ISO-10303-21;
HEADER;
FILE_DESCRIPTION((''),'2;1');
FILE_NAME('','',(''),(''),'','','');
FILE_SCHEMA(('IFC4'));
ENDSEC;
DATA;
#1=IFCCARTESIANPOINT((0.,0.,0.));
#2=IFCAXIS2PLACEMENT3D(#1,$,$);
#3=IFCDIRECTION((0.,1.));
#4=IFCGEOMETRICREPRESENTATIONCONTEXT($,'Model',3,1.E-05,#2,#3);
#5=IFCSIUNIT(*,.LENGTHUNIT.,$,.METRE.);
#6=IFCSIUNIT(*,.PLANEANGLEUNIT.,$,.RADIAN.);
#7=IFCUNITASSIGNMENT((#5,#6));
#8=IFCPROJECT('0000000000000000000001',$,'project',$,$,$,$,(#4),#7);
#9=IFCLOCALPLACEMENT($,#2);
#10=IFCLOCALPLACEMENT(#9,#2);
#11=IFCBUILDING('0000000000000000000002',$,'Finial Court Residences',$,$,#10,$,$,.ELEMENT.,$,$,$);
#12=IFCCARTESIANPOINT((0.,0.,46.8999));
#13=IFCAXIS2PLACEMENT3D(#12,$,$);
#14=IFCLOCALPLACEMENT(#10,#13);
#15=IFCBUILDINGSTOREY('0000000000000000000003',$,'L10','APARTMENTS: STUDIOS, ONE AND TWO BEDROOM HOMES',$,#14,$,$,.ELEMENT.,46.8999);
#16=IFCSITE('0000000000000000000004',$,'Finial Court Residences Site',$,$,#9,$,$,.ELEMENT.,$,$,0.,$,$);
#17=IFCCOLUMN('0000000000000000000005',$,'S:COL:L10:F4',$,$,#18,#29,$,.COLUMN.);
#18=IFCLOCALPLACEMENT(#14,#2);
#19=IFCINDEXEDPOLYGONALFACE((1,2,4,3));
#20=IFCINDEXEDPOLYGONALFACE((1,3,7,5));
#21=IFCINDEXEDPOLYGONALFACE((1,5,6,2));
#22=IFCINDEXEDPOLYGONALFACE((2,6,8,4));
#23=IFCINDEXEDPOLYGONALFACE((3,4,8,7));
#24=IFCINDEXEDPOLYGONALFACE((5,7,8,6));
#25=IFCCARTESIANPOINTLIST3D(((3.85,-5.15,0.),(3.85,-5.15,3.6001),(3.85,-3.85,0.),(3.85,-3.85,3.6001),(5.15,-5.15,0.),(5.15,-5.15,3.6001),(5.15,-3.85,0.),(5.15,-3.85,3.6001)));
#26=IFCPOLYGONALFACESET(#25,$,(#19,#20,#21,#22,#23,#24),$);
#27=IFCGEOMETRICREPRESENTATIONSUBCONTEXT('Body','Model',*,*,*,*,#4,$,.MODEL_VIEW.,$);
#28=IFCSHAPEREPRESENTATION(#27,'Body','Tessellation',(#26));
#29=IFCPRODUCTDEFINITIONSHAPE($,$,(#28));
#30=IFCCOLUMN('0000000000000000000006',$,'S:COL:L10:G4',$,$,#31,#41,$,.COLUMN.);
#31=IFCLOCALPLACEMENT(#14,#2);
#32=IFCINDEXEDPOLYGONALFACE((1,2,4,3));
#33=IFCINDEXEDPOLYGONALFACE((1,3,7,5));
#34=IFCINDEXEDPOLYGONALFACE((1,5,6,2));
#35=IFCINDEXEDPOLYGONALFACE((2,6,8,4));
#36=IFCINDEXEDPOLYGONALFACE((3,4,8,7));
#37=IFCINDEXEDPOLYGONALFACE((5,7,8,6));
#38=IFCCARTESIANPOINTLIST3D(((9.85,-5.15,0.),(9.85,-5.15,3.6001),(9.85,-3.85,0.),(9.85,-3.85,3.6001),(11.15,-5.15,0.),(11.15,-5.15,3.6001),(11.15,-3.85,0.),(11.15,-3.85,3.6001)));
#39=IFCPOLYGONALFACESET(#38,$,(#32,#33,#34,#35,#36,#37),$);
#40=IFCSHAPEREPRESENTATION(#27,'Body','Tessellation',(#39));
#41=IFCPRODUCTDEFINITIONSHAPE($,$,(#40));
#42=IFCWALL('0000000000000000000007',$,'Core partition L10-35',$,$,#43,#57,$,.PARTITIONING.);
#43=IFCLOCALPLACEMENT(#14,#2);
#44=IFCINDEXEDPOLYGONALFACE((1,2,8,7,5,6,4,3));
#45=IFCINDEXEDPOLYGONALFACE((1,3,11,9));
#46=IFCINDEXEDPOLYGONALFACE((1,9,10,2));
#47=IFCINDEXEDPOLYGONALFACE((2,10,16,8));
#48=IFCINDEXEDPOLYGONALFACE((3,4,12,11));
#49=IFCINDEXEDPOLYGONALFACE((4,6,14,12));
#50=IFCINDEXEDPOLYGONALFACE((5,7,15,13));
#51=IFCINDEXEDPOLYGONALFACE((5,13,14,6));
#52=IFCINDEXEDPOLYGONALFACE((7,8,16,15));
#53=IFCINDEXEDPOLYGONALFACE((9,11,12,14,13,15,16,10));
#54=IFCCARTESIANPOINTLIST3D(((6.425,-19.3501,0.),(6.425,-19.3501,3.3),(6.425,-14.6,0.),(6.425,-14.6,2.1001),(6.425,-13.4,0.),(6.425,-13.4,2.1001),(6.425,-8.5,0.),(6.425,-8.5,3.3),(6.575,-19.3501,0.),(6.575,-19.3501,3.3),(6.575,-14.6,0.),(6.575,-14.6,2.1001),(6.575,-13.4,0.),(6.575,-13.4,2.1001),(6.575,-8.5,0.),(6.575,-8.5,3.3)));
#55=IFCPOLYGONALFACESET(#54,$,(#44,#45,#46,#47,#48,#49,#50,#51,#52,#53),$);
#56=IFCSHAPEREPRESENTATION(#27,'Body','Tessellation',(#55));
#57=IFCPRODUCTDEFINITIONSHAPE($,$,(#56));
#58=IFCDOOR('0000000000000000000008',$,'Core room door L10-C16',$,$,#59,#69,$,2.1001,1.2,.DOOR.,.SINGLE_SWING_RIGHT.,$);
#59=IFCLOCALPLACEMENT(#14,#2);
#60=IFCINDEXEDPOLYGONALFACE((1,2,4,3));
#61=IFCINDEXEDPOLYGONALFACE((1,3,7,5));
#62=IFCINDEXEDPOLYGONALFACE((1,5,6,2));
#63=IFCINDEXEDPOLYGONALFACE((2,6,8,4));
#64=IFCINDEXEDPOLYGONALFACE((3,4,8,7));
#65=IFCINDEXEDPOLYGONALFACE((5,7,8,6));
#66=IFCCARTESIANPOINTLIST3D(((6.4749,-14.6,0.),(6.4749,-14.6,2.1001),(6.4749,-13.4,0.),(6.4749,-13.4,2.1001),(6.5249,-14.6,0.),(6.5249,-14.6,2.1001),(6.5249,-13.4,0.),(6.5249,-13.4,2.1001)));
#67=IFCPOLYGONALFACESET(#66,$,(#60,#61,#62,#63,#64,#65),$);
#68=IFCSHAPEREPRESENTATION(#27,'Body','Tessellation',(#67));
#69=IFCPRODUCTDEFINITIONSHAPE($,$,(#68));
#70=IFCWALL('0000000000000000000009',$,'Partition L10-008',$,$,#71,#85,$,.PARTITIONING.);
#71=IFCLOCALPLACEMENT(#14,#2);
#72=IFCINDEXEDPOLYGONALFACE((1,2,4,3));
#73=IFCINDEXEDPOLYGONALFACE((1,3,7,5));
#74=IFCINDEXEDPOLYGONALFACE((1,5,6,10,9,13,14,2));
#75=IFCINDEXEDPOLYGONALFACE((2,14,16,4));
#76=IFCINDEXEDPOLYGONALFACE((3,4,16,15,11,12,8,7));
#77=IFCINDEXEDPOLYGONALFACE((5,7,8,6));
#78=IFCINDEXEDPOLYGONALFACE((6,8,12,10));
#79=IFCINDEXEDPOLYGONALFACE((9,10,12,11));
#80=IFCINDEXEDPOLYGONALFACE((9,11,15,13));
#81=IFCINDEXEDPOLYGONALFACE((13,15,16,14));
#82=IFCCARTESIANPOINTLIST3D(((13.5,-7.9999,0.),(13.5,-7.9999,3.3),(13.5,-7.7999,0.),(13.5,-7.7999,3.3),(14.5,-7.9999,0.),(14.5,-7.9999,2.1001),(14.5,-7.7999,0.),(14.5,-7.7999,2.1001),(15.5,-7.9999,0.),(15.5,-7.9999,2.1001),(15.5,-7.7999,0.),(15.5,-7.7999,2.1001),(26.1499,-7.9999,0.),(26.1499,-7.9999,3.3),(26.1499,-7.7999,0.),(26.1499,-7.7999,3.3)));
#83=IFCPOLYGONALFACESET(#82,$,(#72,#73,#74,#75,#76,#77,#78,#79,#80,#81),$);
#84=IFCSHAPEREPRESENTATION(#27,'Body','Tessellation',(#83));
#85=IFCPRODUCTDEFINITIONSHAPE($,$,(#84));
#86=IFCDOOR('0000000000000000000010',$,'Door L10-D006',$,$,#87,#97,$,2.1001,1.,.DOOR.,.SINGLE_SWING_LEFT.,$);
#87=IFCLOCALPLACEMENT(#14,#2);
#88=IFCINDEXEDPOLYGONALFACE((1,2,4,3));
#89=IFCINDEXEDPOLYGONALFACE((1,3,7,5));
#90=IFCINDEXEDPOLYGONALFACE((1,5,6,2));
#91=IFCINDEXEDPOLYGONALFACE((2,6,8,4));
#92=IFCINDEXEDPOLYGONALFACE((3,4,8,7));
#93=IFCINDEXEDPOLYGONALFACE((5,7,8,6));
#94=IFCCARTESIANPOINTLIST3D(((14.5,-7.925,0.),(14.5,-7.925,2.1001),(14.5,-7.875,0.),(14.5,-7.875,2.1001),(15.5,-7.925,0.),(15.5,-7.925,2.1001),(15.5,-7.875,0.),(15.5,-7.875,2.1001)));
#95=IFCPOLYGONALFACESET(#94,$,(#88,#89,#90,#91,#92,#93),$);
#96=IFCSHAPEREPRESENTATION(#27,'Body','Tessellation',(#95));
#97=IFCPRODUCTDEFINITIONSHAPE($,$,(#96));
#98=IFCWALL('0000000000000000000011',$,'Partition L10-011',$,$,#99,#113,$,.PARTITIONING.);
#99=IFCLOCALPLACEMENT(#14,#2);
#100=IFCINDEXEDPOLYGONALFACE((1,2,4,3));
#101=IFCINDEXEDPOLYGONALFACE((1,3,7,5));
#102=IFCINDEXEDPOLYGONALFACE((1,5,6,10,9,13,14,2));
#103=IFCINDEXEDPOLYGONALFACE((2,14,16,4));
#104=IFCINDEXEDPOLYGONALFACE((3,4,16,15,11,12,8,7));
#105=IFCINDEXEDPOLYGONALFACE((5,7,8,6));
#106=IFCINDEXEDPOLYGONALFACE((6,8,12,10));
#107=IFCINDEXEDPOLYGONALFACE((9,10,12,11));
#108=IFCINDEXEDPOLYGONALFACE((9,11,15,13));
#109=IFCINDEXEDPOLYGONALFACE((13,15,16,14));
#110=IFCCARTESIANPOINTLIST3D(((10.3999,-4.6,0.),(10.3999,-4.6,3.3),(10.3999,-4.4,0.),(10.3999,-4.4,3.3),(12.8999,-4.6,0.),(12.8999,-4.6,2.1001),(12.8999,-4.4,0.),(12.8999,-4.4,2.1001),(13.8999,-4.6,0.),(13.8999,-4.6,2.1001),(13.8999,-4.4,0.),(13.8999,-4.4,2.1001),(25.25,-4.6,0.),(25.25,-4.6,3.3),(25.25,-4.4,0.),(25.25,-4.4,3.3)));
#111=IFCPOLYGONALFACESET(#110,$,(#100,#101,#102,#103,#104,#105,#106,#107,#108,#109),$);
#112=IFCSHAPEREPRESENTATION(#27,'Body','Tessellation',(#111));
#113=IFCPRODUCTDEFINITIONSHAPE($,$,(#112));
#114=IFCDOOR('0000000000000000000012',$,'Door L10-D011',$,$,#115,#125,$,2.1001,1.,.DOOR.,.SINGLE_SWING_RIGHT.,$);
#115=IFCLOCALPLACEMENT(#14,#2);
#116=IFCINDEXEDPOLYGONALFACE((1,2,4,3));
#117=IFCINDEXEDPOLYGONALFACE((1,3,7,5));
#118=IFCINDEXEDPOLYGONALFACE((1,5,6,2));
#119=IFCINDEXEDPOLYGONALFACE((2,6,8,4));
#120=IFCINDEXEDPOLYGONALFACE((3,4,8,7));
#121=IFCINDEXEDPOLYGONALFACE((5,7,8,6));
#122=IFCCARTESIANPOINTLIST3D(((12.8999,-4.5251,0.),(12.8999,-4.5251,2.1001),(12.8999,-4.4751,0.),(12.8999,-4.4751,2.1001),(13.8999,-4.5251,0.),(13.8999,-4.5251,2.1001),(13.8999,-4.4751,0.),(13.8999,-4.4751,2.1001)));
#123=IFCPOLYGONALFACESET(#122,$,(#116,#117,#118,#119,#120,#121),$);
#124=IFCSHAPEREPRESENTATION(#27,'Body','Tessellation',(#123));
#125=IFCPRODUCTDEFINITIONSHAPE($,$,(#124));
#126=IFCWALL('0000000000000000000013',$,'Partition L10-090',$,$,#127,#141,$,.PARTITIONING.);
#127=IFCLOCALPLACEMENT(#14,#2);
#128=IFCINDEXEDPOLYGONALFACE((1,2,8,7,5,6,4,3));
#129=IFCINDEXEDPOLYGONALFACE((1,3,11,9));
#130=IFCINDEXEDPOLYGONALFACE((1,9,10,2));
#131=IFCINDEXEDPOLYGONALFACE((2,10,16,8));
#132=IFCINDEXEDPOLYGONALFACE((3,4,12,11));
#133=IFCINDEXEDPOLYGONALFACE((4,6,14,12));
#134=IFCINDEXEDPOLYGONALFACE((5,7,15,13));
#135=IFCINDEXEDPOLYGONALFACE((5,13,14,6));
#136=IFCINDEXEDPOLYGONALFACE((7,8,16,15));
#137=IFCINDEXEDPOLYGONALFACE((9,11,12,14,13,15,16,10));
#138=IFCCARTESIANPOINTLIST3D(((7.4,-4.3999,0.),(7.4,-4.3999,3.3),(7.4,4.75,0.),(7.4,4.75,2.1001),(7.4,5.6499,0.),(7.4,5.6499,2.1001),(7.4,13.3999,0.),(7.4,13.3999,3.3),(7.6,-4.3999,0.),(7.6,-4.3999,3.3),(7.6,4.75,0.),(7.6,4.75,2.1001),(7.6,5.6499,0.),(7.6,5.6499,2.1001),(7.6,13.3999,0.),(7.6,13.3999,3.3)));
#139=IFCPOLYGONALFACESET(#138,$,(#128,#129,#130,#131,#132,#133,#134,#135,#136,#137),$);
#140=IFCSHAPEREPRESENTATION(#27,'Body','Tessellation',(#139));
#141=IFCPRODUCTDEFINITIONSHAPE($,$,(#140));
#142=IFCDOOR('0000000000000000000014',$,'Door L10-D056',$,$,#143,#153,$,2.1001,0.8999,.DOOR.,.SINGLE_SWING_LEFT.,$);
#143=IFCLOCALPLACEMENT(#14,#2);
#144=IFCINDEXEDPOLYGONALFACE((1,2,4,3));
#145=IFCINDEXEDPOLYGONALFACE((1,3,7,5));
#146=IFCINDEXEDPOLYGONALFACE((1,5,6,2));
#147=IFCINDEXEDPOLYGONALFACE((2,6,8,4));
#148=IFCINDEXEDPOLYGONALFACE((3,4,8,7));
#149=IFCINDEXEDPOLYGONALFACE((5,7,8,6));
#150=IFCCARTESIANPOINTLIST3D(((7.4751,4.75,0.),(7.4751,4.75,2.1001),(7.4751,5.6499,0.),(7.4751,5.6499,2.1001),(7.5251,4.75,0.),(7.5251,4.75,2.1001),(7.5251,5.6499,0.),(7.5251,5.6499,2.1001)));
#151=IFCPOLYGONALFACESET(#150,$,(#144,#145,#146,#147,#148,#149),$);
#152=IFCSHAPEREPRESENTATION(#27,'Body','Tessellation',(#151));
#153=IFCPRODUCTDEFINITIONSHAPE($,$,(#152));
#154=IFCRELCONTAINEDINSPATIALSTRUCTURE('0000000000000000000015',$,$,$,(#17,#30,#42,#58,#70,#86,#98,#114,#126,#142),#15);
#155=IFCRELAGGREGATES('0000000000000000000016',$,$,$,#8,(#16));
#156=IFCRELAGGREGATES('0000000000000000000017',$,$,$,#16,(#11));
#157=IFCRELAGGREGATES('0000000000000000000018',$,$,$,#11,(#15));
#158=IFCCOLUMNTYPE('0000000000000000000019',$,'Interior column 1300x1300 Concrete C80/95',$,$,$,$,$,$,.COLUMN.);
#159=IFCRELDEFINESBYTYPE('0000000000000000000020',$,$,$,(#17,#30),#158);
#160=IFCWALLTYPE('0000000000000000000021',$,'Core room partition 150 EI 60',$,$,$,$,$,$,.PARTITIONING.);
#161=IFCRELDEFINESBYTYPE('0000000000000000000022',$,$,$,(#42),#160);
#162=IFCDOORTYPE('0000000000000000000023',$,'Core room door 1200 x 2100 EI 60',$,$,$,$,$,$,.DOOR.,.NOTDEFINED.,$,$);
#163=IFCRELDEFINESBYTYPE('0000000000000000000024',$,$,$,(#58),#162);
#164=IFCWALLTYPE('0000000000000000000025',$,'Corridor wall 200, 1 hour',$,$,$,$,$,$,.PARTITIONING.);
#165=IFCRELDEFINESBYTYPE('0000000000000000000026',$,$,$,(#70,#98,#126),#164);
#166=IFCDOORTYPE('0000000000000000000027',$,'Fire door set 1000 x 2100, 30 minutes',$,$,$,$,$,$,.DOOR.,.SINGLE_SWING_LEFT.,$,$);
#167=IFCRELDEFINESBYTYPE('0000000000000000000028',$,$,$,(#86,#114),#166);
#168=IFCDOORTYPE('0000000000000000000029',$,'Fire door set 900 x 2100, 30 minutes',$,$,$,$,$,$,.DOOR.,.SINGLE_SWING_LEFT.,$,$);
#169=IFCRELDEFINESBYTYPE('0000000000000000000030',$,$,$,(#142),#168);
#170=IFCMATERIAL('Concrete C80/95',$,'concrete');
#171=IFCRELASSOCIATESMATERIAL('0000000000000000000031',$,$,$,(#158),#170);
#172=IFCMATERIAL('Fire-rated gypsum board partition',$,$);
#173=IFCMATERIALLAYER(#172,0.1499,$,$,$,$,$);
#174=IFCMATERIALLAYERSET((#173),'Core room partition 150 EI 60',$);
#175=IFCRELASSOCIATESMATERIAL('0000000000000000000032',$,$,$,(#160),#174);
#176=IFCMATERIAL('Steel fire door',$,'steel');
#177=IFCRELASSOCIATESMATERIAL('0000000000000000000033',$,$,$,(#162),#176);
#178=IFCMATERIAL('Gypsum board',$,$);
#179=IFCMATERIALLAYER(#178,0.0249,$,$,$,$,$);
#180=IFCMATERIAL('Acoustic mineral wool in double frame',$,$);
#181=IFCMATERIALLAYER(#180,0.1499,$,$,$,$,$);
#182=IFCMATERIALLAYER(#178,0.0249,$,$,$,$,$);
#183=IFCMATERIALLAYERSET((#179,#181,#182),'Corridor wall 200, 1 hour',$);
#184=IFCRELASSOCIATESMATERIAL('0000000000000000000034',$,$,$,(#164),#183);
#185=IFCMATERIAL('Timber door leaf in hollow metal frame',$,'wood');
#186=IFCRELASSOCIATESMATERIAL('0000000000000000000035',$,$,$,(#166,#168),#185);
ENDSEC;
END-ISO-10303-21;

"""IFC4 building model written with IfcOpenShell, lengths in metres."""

from ifc_helpers import new_model, si_unit, direction, frame, frame_2d, origin, origin_2d, place, context, subcontext, project, spatial, rectangle, extrude, material, layer, layer_set, material_profile, profile_set, type_object, element, fill, save


model = new_model("IFC4")

# Units and contexts
model_context = context("Model", 3, precision=1e-05, world=origin(), true_north=direction((0.0, 1.0)))
body_context = subcontext(model_context, "Body", "Model", "MODEL_VIEW")
ifc_project = project(units=[si_unit("LENGTHUNIT", "METRE"), si_unit("PLANEANGLEUNIT", "RADIAN")], contexts=[model_context])

# Site, building, storey
site_placement = place(None, origin())
site = spatial("IfcSite", under=ifc_project, at=site_placement, Name="Finial Court Residences Site", CompositionType="ELEMENT", RefElevation=0.0)
building_placement = place(site_placement, origin())
building = spatial("IfcBuilding", under=site, at=building_placement, Name="Finial Court Residences", CompositionType="ELEMENT")
storey_placement = place(building_placement, frame((0.0, 0.0, 46.8999)))
storey = spatial("IfcBuildingStorey", under=building, at=storey_placement, Name="L10", Description="APARTMENTS: STUDIOS, ONE AND TWO BEDROOM HOMES", CompositionType="ELEMENT", Elevation=46.8999)

# Columns
ifc_material_1 = material(Name="Concrete C80/95", Category="concrete")
ifc_material_profile = material_profile(ifc_material_1, rectangle(XDim=1.3, YDim=1.3, at=origin_2d()), Name="1300x1300")
ifc_profile_set = profile_set([ifc_material_profile], Name="Concrete C80/95")
column_type = type_object("IfcColumnType", Name="Interior column 1300x1300 Concrete C80/95", PredefinedType="COLUMN", material=ifc_profile_set)
for number, where, z_axis, x_axis, name in (
    (1, (4.5, -4.5, 0.0), (0.0, 0.0, 1.0), (1.0, 0.0, 0.0), "S:COL:L10:F4"),
    (2, (10.5, -4.5, 0.0), (0.0, 0.0, 1.0), (1.0, 0.0, 0.0), "S:COL:L10:G4"),
):
    element("IfcColumn", number, at=place(storey_placement, frame(where, z_axis=z_axis, x_axis=x_axis)), inside=storey, type_object=column_type, Name=name, PredefinedType="COLUMN", context=body_context, shape_type="SweptSolid", body=[
        extrude(rectangle(XDim=1.3, YDim=1.3, at=origin_2d()), origin(), (0.0, 0.0, 1.0), 3.6001),
    ])

# Walls, openings, doors
ifc_material_2 = material(Name="Fire-rated gypsum board partition")
ifc_layer_1 = layer(ifc_material_2, 0.1499)
ifc_layer_set_1 = layer_set([ifc_layer_1], Name="Core room partition 150 EI 60")
wall_type_1 = type_object("IfcWallType", Name="Core room partition 150 EI 60", PredefinedType="PARTITIONING", material=ifc_layer_set_1)
wall_1_placement = place(storey_placement, frame((6.5, -8.5, 0.0), z_axis=(0.0, 0.0, 1.0), x_axis=(0.0, -1.0, 0.0)))
wall_1 = element("IfcWall", 3, at=wall_1_placement, inside=storey, type_object=wall_type_1, Name="Core partition L10-35", PredefinedType="PARTITIONING", context=body_context, shape_type="SweptSolid", body=[
    extrude(rectangle(XDim=10.8501, YDim=0.1499, at=frame_2d((5.425, 0.0))), origin(), (0.0, 0.0, 1.0), 3.3),
])
opening_1_placement = place(wall_1_placement, frame((4.8999, 0.0, 0.0)))
opening_1 = element("IfcOpeningElement", 4, at=opening_1_placement, cuts=wall_1, PredefinedType="OPENING", context=body_context, shape_type="SweptSolid", body=[
    extrude(rectangle(XDim=1.2, YDim=2.1001, at=frame_2d((0.6001, 1.05))), frame((0.0, 0.085, 0.0), z_axis=(0.0, -1.0, 0.0), x_axis=(1.0, 0.0, 0.0)), (0.0, 0.0, 1.0), 0.1699),
])
ifc_material_3 = material(Name="Steel fire door", Category="steel")
door_type_1 = type_object("IfcDoorType", Name="Core room door 1200 x 2100 EI 60", OperationType="NOTDEFINED", PredefinedType="DOOR", material=ifc_material_3)
door_1_placement = place(opening_1_placement, origin())
door_1 = element("IfcDoor", 5, at=door_1_placement, inside=storey, type_object=door_type_1, Name="Core room door L10-C16", OperationType="SINGLE_SWING_RIGHT", OverallHeight=2.1001, OverallWidth=1.2, PredefinedType="DOOR", context=body_context, shape_type="SweptSolid", body=[
    extrude(rectangle(XDim=1.2, YDim=2.1001, at=frame_2d((0.6001, 1.05))), frame((0.0, 0.0249, 0.0), z_axis=(0.0, -1.0, 0.0), x_axis=(1.0, 0.0, 0.0)), (0.0, 0.0, 1.0), 0.05),
])
fill(opening_1, door_1)
ifc_material_4 = material(Name="Gypsum board")
ifc_layer_2 = layer(ifc_material_4, 0.0249)
ifc_material_5 = material(Name="Acoustic mineral wool in double frame")
ifc_layer_3 = layer(ifc_material_5, 0.1499)
ifc_layer_4 = layer(ifc_material_4, 0.0249)
ifc_layer_set_2 = layer_set([ifc_layer_2, ifc_layer_3, ifc_layer_4], Name="Corridor wall 200, 1 hour")
wall_type_2 = type_object("IfcWallType", Name="Corridor wall 200, 1 hour", PredefinedType="PARTITIONING", material=ifc_layer_set_2)
wall_2_placement = place(storey_placement, frame((13.5, -7.8999, 0.0), z_axis=(0.0, 0.0, 1.0), x_axis=(1.0, 0.0, 0.0)))
wall_2 = element("IfcWall", 6, at=wall_2_placement, inside=storey, type_object=wall_type_2, Name="Partition L10-008", PredefinedType="PARTITIONING", context=body_context, shape_type="SweptSolid", body=[
    extrude(rectangle(XDim=12.6499, YDim=0.2, at=frame_2d((6.325, 0.0))), origin(), (0.0, 0.0, 1.0), 3.3),
])
opening_2_placement = place(wall_2_placement, frame((1.0, 0.0, 0.0)))
opening_2 = element("IfcOpeningElement", 7, at=opening_2_placement, cuts=wall_2, PredefinedType="OPENING", context=body_context, shape_type="SweptSolid", body=[
    extrude(rectangle(XDim=1.0, YDim=2.1001, at=frame_2d((0.5, 1.05))), frame((0.0, 0.1099, 0.0), z_axis=(0.0, -1.0, 0.0), x_axis=(1.0, 0.0, 0.0)), (0.0, 0.0, 1.0), 0.22),
])
ifc_material_6 = material(Name="Timber door leaf in hollow metal frame", Category="wood")
door_type_2 = type_object("IfcDoorType", Name="Fire door set 1000 x 2100, 30 minutes", OperationType="SINGLE_SWING_LEFT", PredefinedType="DOOR", material=ifc_material_6)
door_2_placement = place(opening_2_placement, origin())
door_2 = element("IfcDoor", 8, at=door_2_placement, inside=storey, type_object=door_type_2, Name="Door L10-D006", OperationType="SINGLE_SWING_LEFT", OverallHeight=2.1001, OverallWidth=1.0, PredefinedType="DOOR", context=body_context, shape_type="SweptSolid", body=[
    extrude(rectangle(XDim=1.0, YDim=2.1001, at=frame_2d((0.5, 1.05))), frame((0.0, 0.0249, 0.0), z_axis=(0.0, -1.0, 0.0), x_axis=(1.0, 0.0, 0.0)), (0.0, 0.0, 1.0), 0.05),
])
fill(opening_2, door_2)
wall_3_placement = place(storey_placement, frame((10.3999, -4.5, 0.0), z_axis=(0.0, 0.0, 1.0), x_axis=(1.0, 0.0, 0.0)))
wall_3 = element("IfcWall", 9, at=wall_3_placement, inside=storey, type_object=wall_type_2, Name="Partition L10-011", PredefinedType="PARTITIONING", context=body_context, shape_type="SweptSolid", body=[
    extrude(rectangle(XDim=14.8501, YDim=0.2, at=frame_2d((7.425, 0.0))), origin(), (0.0, 0.0, 1.0), 3.3),
])
opening_3_placement = place(wall_3_placement, frame((2.5, 0.0, 0.0)))
opening_3 = element("IfcOpeningElement", 10, at=opening_3_placement, cuts=wall_3, PredefinedType="OPENING", context=body_context, shape_type="SweptSolid", body=[
    extrude(rectangle(XDim=1.0, YDim=2.1001, at=frame_2d((0.5, 1.05))), frame((0.0, 0.1099, 0.0), z_axis=(0.0, -1.0, 0.0), x_axis=(1.0, 0.0, 0.0)), (0.0, 0.0, 1.0), 0.22),
])
door_3_placement = place(opening_3_placement, origin())
door_3 = element("IfcDoor", 11, at=door_3_placement, inside=storey, type_object=door_type_2, Name="Door L10-D011", OperationType="SINGLE_SWING_RIGHT", OverallHeight=2.1001, OverallWidth=1.0, PredefinedType="DOOR", context=body_context, shape_type="SweptSolid", body=[
    extrude(rectangle(XDim=1.0, YDim=2.1001, at=frame_2d((0.5, 1.05))), frame((0.0, 0.0249, 0.0), z_axis=(0.0, -1.0, 0.0), x_axis=(1.0, 0.0, 0.0)), (0.0, 0.0, 1.0), 0.05),
])
fill(opening_3, door_3)
wall_4_placement = place(storey_placement, frame((7.5, -4.3999, 0.0), z_axis=(0.0, 0.0, 1.0), x_axis=(0.0, 1.0, 0.0)))
wall_4 = element("IfcWall", 12, at=wall_4_placement, inside=storey, type_object=wall_type_2, Name="Partition L10-090", PredefinedType="PARTITIONING", context=body_context, shape_type="SweptSolid", body=[
    extrude(rectangle(XDim=17.7998, YDim=0.2, at=frame_2d((8.8999, 0.0))), origin(), (0.0, 0.0, 1.0), 3.3),
])
opening_4_placement = place(wall_4_placement, frame((9.1499, 0.0, 0.0)))
opening_4 = element("IfcOpeningElement", 13, at=opening_4_placement, cuts=wall_4, PredefinedType="OPENING", context=body_context, shape_type="SweptSolid", body=[
    extrude(rectangle(XDim=0.8999, YDim=2.1001, at=frame_2d((0.45, 1.05))), frame((0.0, 0.1099, 0.0), z_axis=(0.0, -1.0, 0.0), x_axis=(1.0, 0.0, 0.0)), (0.0, 0.0, 1.0), 0.22),
])
door_type_3 = type_object("IfcDoorType", Name="Fire door set 900 x 2100, 30 minutes", OperationType="SINGLE_SWING_LEFT", PredefinedType="DOOR", material=ifc_material_6)
door_4_placement = place(opening_4_placement, origin())
door_4 = element("IfcDoor", 14, at=door_4_placement, inside=storey, type_object=door_type_3, Name="Door L10-D056", OperationType="SINGLE_SWING_LEFT", OverallHeight=2.1001, OverallWidth=0.8999, PredefinedType="DOOR", context=body_context, shape_type="SweptSolid", body=[
    extrude(rectangle(XDim=0.8999, YDim=2.1001, at=frame_2d((0.45, 1.05))), frame((0.0, 0.0249, 0.0), z_axis=(0.0, -1.0, 0.0), x_axis=(1.0, 0.0, 0.0)), (0.0, 0.0, 1.0), 0.05),
])
fill(opening_4, door_4)

save(model, "model.ifc")
